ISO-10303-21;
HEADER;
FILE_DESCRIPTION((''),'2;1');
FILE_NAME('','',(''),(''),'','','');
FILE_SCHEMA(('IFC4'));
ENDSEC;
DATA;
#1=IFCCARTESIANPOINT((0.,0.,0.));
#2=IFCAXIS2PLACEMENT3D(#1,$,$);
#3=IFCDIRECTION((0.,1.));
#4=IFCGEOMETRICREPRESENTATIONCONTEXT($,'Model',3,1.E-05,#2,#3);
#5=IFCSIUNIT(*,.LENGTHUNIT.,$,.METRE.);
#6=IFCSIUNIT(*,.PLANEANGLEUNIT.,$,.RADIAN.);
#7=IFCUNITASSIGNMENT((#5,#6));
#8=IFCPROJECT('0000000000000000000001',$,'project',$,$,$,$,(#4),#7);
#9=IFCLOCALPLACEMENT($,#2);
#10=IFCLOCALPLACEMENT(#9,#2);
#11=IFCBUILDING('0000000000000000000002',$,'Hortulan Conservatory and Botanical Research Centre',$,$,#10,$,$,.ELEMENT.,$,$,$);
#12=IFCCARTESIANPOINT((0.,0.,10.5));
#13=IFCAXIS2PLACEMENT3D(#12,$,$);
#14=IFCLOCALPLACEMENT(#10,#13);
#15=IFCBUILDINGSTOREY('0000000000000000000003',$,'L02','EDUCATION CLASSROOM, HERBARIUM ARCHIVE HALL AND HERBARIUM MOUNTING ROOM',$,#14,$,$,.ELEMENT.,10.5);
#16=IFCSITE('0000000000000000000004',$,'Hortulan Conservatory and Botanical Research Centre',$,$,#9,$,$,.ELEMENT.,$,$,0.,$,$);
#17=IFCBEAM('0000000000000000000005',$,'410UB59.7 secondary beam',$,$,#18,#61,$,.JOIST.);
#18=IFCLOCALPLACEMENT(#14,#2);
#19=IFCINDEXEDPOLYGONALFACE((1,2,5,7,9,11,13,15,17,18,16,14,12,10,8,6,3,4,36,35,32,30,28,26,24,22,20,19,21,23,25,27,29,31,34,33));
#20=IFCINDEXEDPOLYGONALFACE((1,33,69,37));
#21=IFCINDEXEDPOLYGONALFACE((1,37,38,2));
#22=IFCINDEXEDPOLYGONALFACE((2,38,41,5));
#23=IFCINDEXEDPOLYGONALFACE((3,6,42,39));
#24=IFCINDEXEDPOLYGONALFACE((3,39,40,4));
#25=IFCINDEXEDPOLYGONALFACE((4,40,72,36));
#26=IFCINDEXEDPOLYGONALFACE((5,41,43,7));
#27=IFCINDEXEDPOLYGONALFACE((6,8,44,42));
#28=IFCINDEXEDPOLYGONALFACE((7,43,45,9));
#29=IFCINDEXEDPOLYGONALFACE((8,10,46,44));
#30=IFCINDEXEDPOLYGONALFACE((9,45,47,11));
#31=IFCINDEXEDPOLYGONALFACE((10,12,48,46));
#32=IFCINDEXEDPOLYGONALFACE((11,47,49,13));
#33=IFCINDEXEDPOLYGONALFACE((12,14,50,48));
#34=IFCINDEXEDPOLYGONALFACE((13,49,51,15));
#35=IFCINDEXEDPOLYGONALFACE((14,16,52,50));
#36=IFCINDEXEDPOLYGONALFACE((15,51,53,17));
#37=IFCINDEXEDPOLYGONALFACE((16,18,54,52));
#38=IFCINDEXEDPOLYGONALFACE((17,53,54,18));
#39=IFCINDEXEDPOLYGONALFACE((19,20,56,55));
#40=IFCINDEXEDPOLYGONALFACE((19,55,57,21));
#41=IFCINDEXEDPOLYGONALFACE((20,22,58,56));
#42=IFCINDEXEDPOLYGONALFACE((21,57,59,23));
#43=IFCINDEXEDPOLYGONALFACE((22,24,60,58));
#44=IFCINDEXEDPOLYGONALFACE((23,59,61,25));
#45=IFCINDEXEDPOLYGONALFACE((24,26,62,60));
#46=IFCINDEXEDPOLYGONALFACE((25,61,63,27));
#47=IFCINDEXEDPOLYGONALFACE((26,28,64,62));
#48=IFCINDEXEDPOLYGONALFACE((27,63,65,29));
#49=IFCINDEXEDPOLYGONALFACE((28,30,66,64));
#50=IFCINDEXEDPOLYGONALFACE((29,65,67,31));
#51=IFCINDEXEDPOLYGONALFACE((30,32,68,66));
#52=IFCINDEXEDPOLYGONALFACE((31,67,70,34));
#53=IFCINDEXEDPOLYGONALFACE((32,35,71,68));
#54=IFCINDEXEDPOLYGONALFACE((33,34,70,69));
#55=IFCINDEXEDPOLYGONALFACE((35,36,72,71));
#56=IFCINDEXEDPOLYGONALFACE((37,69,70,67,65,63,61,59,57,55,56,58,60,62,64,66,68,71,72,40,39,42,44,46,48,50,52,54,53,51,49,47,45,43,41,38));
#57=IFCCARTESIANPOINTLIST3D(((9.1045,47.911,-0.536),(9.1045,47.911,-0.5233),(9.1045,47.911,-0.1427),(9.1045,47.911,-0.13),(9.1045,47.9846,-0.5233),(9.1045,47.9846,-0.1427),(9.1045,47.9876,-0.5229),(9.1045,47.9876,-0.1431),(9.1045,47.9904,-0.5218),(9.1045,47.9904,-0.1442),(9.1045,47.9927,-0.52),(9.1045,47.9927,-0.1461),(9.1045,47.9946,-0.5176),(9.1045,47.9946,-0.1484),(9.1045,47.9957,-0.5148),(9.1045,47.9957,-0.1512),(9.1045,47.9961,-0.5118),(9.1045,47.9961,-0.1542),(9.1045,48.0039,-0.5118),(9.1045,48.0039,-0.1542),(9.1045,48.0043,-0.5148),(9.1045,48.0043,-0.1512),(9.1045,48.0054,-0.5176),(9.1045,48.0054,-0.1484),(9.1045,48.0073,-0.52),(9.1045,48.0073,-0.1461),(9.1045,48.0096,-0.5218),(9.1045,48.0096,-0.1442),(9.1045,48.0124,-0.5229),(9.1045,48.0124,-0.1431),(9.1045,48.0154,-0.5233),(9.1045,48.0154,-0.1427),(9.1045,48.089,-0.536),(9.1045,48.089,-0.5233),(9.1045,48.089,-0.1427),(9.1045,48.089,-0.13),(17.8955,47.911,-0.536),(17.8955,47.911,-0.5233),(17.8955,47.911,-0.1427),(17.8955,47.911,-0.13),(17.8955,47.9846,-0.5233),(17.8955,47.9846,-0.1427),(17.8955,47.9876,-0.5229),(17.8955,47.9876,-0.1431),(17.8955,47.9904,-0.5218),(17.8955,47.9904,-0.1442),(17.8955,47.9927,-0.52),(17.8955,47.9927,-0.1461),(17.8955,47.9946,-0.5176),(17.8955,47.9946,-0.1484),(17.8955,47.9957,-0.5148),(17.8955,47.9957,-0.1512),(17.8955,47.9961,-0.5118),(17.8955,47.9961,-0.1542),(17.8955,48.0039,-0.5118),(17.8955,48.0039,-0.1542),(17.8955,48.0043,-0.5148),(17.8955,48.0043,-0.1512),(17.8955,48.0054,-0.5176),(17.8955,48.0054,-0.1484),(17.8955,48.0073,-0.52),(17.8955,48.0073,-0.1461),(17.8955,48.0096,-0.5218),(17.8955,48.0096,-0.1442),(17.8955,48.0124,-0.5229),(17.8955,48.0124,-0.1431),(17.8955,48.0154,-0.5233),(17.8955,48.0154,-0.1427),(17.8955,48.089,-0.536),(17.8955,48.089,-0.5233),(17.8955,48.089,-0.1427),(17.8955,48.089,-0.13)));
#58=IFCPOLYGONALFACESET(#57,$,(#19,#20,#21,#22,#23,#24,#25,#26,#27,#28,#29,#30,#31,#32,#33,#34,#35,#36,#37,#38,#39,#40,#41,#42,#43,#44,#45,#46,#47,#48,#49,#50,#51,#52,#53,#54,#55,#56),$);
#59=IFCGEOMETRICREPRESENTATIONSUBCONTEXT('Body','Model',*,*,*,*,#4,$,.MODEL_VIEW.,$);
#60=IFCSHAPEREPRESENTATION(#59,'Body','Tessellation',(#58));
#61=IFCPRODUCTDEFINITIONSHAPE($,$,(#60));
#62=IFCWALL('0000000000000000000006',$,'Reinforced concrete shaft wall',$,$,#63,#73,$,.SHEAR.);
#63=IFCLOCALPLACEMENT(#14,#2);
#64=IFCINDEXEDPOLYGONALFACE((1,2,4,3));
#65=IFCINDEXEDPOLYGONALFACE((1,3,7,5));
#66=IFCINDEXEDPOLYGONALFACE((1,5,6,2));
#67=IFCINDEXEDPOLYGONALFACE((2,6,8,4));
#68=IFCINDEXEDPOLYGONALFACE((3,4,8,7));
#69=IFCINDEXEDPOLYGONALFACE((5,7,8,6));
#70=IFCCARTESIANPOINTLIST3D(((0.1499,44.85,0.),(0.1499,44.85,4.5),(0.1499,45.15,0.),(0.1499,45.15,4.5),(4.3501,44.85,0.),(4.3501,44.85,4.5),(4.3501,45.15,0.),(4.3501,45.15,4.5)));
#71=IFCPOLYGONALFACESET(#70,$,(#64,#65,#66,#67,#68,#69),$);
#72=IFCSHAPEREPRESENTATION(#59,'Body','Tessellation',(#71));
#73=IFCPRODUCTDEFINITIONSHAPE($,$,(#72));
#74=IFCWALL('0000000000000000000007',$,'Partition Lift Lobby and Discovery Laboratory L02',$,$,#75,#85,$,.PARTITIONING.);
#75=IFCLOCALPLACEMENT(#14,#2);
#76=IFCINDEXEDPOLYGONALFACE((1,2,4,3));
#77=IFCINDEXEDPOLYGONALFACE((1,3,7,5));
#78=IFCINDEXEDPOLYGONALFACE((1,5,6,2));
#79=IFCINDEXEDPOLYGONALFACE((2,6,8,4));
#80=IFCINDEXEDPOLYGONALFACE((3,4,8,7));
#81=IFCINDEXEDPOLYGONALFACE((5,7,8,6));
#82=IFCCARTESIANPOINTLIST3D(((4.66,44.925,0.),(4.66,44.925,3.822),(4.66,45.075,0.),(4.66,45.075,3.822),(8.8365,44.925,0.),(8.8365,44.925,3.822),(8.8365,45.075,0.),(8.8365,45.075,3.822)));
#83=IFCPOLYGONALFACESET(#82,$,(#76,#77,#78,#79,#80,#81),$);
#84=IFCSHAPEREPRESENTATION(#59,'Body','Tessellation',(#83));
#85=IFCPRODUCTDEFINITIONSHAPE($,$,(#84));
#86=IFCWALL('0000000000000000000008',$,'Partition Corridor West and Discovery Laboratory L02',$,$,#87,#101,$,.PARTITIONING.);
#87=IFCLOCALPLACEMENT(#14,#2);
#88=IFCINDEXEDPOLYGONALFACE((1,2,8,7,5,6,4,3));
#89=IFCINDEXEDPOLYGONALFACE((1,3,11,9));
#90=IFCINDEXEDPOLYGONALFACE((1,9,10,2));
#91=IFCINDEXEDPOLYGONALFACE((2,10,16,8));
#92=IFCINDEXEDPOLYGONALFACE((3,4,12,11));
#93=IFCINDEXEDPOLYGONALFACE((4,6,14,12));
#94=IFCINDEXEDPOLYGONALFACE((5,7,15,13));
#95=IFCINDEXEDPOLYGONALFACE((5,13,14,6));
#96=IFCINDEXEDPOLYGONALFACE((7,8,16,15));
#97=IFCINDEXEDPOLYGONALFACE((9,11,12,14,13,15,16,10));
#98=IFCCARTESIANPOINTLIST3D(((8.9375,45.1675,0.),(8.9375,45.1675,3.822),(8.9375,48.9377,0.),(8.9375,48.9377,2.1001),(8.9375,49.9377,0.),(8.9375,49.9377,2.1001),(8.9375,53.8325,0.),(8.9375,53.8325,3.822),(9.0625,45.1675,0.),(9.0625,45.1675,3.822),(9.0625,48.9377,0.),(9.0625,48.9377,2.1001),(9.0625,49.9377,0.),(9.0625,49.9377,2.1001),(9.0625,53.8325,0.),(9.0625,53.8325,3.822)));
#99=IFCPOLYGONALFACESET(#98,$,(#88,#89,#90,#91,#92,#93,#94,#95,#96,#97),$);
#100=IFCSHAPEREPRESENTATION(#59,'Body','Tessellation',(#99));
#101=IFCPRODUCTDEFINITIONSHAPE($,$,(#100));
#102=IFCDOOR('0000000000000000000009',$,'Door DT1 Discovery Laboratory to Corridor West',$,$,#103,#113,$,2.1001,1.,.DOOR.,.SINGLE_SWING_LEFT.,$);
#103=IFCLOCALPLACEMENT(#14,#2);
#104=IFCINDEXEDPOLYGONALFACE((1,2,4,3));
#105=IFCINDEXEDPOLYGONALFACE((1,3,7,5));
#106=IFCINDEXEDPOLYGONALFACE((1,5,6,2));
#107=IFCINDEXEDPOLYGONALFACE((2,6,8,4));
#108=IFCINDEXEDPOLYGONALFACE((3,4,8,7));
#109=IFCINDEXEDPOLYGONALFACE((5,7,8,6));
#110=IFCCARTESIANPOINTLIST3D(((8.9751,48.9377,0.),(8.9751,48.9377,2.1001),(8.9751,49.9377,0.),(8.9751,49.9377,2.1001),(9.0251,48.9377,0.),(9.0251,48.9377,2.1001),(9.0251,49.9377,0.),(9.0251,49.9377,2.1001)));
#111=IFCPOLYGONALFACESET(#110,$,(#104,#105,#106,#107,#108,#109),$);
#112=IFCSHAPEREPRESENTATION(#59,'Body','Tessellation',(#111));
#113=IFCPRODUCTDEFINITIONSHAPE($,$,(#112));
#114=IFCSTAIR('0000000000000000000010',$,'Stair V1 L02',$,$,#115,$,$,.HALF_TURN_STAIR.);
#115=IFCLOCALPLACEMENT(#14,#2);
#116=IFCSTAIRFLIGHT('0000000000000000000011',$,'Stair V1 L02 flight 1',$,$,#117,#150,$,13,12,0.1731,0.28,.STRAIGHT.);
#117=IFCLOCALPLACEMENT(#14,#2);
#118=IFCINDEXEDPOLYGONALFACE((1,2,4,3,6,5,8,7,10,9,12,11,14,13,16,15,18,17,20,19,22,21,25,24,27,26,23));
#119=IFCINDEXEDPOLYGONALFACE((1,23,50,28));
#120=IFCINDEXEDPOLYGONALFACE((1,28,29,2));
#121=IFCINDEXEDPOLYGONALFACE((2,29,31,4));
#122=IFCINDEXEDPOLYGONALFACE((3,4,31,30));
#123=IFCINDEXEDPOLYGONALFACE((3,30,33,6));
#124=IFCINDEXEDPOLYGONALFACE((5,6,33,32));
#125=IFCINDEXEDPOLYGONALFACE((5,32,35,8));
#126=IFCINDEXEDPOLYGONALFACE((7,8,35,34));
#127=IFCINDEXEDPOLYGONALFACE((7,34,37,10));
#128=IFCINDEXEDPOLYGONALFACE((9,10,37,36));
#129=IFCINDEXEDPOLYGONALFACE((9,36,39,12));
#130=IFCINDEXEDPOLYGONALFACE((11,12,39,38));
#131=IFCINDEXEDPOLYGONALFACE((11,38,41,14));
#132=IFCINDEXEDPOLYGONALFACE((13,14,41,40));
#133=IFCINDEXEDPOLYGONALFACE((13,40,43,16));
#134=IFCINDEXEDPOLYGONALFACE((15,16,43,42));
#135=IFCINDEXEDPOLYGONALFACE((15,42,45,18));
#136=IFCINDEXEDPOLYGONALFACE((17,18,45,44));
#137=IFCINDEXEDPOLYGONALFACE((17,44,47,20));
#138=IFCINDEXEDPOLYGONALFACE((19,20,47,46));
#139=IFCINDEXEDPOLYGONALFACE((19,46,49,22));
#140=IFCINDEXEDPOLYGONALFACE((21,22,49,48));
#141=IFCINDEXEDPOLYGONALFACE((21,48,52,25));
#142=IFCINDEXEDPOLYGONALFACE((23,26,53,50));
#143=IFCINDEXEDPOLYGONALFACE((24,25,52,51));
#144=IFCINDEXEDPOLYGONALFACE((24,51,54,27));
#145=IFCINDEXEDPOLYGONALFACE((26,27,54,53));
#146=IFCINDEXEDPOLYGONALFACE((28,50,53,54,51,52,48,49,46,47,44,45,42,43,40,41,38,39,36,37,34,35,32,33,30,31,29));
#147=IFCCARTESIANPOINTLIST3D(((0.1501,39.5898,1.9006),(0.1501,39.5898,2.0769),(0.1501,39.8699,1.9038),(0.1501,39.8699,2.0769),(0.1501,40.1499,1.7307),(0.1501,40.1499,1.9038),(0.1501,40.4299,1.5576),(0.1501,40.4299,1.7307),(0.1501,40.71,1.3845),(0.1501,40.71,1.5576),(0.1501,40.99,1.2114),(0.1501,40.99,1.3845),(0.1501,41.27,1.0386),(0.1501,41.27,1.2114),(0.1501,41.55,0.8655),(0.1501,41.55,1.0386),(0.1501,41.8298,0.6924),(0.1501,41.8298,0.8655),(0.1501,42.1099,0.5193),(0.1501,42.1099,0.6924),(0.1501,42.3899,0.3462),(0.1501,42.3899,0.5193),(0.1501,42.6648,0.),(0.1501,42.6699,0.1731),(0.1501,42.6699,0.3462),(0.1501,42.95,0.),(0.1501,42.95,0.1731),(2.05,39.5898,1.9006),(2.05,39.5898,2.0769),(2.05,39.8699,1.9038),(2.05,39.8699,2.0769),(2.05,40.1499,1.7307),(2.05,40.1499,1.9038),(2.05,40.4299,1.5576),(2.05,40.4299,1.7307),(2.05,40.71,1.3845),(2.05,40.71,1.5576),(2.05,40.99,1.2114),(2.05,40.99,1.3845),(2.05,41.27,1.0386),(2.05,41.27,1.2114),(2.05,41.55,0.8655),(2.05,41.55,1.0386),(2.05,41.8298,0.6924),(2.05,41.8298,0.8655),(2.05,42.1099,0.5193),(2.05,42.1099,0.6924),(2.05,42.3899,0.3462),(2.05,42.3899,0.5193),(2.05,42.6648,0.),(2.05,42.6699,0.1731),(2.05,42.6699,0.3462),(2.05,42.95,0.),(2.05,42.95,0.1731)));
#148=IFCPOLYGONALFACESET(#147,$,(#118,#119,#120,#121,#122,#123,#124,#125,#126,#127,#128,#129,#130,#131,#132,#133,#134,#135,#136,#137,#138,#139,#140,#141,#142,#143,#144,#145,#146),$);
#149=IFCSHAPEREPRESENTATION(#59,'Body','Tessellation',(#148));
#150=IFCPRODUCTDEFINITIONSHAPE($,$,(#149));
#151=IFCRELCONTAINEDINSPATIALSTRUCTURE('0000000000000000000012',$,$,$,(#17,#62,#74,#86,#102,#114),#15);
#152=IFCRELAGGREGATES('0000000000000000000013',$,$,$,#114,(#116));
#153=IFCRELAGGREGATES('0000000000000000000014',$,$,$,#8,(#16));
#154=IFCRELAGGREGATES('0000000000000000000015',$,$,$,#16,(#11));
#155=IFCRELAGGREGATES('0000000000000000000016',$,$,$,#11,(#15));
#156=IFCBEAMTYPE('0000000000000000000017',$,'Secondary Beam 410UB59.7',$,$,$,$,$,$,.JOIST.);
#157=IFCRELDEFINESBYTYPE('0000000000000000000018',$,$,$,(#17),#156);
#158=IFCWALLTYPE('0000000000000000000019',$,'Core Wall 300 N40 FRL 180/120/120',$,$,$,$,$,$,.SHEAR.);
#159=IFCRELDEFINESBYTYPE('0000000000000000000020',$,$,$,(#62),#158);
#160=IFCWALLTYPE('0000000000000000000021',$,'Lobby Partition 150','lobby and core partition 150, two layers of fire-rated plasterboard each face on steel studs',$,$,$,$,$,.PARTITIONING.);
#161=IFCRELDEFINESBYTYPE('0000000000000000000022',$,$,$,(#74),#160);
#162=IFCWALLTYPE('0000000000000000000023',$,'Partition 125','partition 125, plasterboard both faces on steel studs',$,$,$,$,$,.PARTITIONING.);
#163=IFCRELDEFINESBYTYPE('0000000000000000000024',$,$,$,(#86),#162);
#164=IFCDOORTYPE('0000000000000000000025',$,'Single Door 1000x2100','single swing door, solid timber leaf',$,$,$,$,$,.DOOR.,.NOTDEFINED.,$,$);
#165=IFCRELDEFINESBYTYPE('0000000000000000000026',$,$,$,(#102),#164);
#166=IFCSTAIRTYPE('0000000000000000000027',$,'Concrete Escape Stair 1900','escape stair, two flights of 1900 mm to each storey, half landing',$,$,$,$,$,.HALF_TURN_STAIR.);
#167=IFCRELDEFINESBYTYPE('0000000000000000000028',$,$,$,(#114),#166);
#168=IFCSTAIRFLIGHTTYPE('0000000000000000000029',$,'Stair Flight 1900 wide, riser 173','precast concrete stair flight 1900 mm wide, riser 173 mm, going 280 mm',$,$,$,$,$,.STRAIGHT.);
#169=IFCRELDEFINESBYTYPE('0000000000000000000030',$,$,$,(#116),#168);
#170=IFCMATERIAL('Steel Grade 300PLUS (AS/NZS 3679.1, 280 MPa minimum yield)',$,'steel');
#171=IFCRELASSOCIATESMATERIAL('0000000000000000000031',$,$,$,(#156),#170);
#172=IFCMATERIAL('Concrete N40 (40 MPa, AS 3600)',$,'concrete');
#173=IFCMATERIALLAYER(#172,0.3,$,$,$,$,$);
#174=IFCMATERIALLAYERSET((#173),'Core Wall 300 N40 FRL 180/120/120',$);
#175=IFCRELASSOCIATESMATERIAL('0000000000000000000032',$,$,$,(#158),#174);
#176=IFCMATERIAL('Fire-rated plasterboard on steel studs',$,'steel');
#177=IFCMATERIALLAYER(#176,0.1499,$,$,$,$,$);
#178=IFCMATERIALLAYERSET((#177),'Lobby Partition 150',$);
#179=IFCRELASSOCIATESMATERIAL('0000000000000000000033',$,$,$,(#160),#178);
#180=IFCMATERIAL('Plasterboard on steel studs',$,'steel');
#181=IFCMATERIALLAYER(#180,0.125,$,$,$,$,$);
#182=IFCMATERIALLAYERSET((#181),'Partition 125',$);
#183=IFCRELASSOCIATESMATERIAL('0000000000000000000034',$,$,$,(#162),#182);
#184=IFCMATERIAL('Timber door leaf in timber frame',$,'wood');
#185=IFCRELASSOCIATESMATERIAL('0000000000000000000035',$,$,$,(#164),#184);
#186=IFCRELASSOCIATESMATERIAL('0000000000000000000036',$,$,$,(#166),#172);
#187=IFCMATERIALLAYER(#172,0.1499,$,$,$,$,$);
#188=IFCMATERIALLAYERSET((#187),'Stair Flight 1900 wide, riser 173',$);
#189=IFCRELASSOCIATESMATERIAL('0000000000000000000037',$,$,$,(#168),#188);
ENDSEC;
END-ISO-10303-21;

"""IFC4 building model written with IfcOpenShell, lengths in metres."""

from ifc_helpers import new_model, si_unit, direction, frame, frame_2d, origin, origin_2d, place, context, subcontext, project, spatial, polyline, rectangle, i_section, outline, extrude, material, layer, layer_set, material_profile, profile_set, type_object, element, fill, aggregate, save


model = new_model("IFC4")

# Units and contexts
model_context = context("Model", 3, precision=1e-05, world=origin(), true_north=direction((0.0, 1.0)))
body_context = subcontext(model_context, "Body", "Model", "MODEL_VIEW")
ifc_project = project(units=[si_unit("LENGTHUNIT", "METRE"), si_unit("PLANEANGLEUNIT", "RADIAN")], contexts=[model_context])

# Site, building, storey
site_placement = place(None, origin())
site = spatial("IfcSite", under=ifc_project, at=site_placement, Name="Hortulan Conservatory and Botanical Research Centre", CompositionType="ELEMENT", RefElevation=0.0)
building_placement = place(site_placement, origin())
building = spatial("IfcBuilding", under=site, at=building_placement, Name="Hortulan Conservatory and Botanical Research Centre", CompositionType="ELEMENT")
storey_placement = place(building_placement, frame((0.0, 0.0, 10.5)))
storey = spatial("IfcBuildingStorey", under=building, at=storey_placement, Name="L02", Description="EDUCATION CLASSROOM, HERBARIUM ARCHIVE HALL AND HERBARIUM MOUNTING ROOM", CompositionType="ELEMENT", Elevation=10.5)

# Shared definitions
ifc_material_1 = material(Name="Steel Grade 300PLUS (AS/NZS 3679.1, 280 MPa minimum yield)", Category="steel")

# Beam
ifc_material_profile_1 = material_profile(ifc_material_1, i_section(OverallWidth=0.178, OverallDepth=0.406, WebThickness=0.0078, FlangeThickness=0.0127, FilletRadius=0.0115, at=origin_2d()), Name="410UB59.7")
ifc_profile_set_1 = profile_set([ifc_material_profile_1], Name="Steel Grade 300PLUS (AS/NZS 3679.1, 280 MPa minimum yield)")
beam_type_1 = type_object("IfcBeamType", Name="Secondary Beam 410UB59.7", PredefinedType="JOIST", material=ifc_profile_set_1)
for number, where, z_axis, x_axis, name in (
    (1, (9.1045, 48.0, -0.333), (1.0, 0.0, 0.0), (0.0, 1.0, 0.0), "410UB59.7 secondary beam"),
):
    element("IfcBeam", number, at=place(storey_placement, frame(where, z_axis=z_axis, x_axis=x_axis)), inside=storey, type_object=beam_type_1, Name=name, PredefinedType="JOIST", context=body_context, shape_type="SweptSolid", body=[
        extrude(i_section(OverallWidth=0.178, OverallDepth=0.406, WebThickness=0.0078, FlangeThickness=0.0127, FilletRadius=0.0115, at=origin_2d()), origin(), (0.0, 0.0, 1.0), 8.791),
    ])

# Walls
ifc_material_2 = material(Name="Concrete N40 (40 MPa, AS 3600)", Category="concrete")
ifc_layer_1 = layer(ifc_material_2, 0.3)
ifc_layer_set_1 = layer_set([ifc_layer_1], Name="Core Wall 300 N40 FRL 180/120/120")
wall_type_1 = type_object("IfcWallType", Name="Core Wall 300 N40 FRL 180/120/120", PredefinedType="SHEAR", material=ifc_layer_set_1)
wall_1_placement = place(storey_placement, frame((0.1499, 45.0, 0.0), z_axis=(0.0, 0.0, 1.0), x_axis=(1.0, 0.0, 0.0)))
element("IfcWall", 2, at=wall_1_placement, inside=storey, type_object=wall_type_1, Name="Reinforced concrete shaft wall", PredefinedType="SHEAR", context=body_context, shape_type="SweptSolid", body=[
    extrude(rectangle(XDim=4.2002, YDim=0.3, at=frame_2d((2.1001, 0.0))), origin(), (0.0, 0.0, 1.0), 4.5),
])
ifc_material_3 = material(Name="Fire-rated plasterboard on steel studs", Category="steel")
ifc_layer_2 = layer(ifc_material_3, 0.1499)
ifc_layer_set_2 = layer_set([ifc_layer_2], Name="Lobby Partition 150")
wall_type_2 = type_object("IfcWallType", Name="Lobby Partition 150", Description="lobby and core partition 150, two layers of fire-rated plasterboard each face on steel studs", PredefinedType="PARTITIONING", material=ifc_layer_set_2)
wall_2_placement = place(storey_placement, frame((4.6599, 45.0, 0.0), z_axis=(0.0, 0.0, 1.0), x_axis=(1.0, 0.0, 0.0)))
element("IfcWall", 3, at=wall_2_placement, inside=storey, type_object=wall_type_2, Name="Partition Lift Lobby and Discovery Laboratory L02", PredefinedType="PARTITIONING", context=body_context, shape_type="SweptSolid", body=[
    extrude(rectangle(XDim=4.1765, YDim=0.1499, at=frame_2d((2.0884, 0.0))), origin(), (0.0, 0.0, 1.0), 3.822),
])

# Wall, opening, door
ifc_material_4 = material(Name="Plasterboard on steel studs", Category="steel")
ifc_layer_3 = layer(ifc_material_4, 0.125)
ifc_layer_set_3 = layer_set([ifc_layer_3], Name="Partition 125")
wall_type_3 = type_object("IfcWallType", Name="Partition 125", Description="partition 125, plasterboard both faces on steel studs", PredefinedType="PARTITIONING", material=ifc_layer_set_3)
wall_3_placement = place(storey_placement, frame((9.0, 45.1675, 0.0), z_axis=(0.0, 0.0, 1.0), x_axis=(0.0, 1.0, 0.0)))
wall_3 = element("IfcWall", 4, at=wall_3_placement, inside=storey, type_object=wall_type_3, Name="Partition Corridor West and Discovery Laboratory L02", PredefinedType="PARTITIONING", context=body_context, shape_type="SweptSolid", body=[
    extrude(rectangle(XDim=8.665, YDim=0.125, at=frame_2d((4.3325, 0.0))), origin(), (0.0, 0.0, 1.0), 3.822),
])
opening_placement = place(wall_3_placement, frame((3.7703, 0.0, 0.0)))
opening = element("IfcOpeningElement", 5, at=opening_placement, cuts=wall_3, PredefinedType="OPENING", context=body_context, shape_type="SweptSolid", body=[
    extrude(rectangle(XDim=1.0, YDim=2.1001, at=frame_2d((0.5, 1.05))), frame((0.0, 0.0725, 0.0), z_axis=(0.0, -1.0, 0.0), x_axis=(1.0, 0.0, 0.0)), (0.0, 0.0, 1.0), 0.145),
])
ifc_material_5 = material(Name="Timber door leaf in timber frame", Category="wood")
door_type = type_object("IfcDoorType", Name="Single Door 1000x2100", Description="single swing door, solid timber leaf", OperationType="NOTDEFINED", PredefinedType="DOOR", material=ifc_material_5)
door_placement = place(opening_placement, origin())
door = element("IfcDoor", 6, at=door_placement, inside=storey, type_object=door_type, Name="Door DT1 Discovery Laboratory to Corridor West", OperationType="SINGLE_SWING_LEFT", OverallHeight=2.1001, OverallWidth=1.0, PredefinedType="DOOR", context=body_context, shape_type="SweptSolid", body=[
    extrude(rectangle(XDim=1.0, YDim=2.1001, at=frame_2d((0.5, 1.05))), frame((0.0, 0.0249, 0.0), z_axis=(0.0, -1.0, 0.0), x_axis=(1.0, 0.0, 0.0)), (0.0, 0.0, 1.0), 0.05),
])
fill(opening, door)

# Stair, stair flight
stair_type = type_object("IfcStairType", Name="Concrete Escape Stair 1900", Description="escape stair, two flights of 1900 mm to each storey, half landing", PredefinedType="HALF_TURN_STAIR", material=ifc_material_2)
stair_placement = place(storey_placement, origin())
stair = element("IfcStair", 7, at=stair_placement, inside=storey, type_object=stair_type, Name="Stair V1 L02", PredefinedType="HALF_TURN_STAIR")
ifc_layer_4 = layer(ifc_material_2, 0.1499)
ifc_layer_set_4 = layer_set([ifc_layer_4], Name="Stair Flight 1900 wide, riser 173")
stair_flight_type = type_object("IfcStairFlightType", Name="Stair Flight 1900 wide, riser 173", Description="precast concrete stair flight 1900 mm wide, riser 173 mm, going 280 mm", PredefinedType="STRAIGHT", material=ifc_layer_set_4)
stair_flight_placement = place(storey_placement, frame((1.1001, 42.95, 0.0), z_axis=(0.0, 0.0, 1.0), x_axis=(0.0, -1.0, 0.0)))
stair_flight = element("IfcStairFlight", 8, at=stair_flight_placement, type_object=stair_flight_type, Name="Stair V1 L02 flight 1", NumberOfRisers=13, NumberOfTreads=12, PredefinedType="STRAIGHT", RiserHeight=0.1731, TreadLength=0.28, context=body_context, shape_type="SweptSolid", body=[
    extrude(outline(polyline([(0.0, 0.0), (0.0, 0.1731), (0.28, 0.1731), (0.28, 0.3462), (0.5601, 0.3462), (0.5601, 0.5193), (0.8401, 0.5193), (0.8401, 0.6924), (1.1201, 0.6924), (1.1201, 0.8655), (1.3999, 0.8655), (1.3999, 1.0386), (1.6799, 1.0386), (1.6799, 1.2114), (1.96, 1.2114), (1.96, 1.3845), (2.24, 1.3845), (2.24, 1.5576), (2.52, 1.5576), (2.52, 1.7307), (2.8, 1.7307), (2.8, 1.9038), (3.0801, 1.9038), (3.0801, 2.0769), (3.3601, 2.0769), (3.3601, 2.25), (3.3601, 1.9006), (0.2852, 0.0), (0.0, 0.0)])), frame((0.0, 0.95, 0.0), z_axis=(0.0, -1.0, 0.0), x_axis=(1.0, 0.0, 0.0)), (0.0, 0.0, 1.0), 1.8999),
])
aggregate(stair, [stair_flight])

save(model, "model.ifc")
